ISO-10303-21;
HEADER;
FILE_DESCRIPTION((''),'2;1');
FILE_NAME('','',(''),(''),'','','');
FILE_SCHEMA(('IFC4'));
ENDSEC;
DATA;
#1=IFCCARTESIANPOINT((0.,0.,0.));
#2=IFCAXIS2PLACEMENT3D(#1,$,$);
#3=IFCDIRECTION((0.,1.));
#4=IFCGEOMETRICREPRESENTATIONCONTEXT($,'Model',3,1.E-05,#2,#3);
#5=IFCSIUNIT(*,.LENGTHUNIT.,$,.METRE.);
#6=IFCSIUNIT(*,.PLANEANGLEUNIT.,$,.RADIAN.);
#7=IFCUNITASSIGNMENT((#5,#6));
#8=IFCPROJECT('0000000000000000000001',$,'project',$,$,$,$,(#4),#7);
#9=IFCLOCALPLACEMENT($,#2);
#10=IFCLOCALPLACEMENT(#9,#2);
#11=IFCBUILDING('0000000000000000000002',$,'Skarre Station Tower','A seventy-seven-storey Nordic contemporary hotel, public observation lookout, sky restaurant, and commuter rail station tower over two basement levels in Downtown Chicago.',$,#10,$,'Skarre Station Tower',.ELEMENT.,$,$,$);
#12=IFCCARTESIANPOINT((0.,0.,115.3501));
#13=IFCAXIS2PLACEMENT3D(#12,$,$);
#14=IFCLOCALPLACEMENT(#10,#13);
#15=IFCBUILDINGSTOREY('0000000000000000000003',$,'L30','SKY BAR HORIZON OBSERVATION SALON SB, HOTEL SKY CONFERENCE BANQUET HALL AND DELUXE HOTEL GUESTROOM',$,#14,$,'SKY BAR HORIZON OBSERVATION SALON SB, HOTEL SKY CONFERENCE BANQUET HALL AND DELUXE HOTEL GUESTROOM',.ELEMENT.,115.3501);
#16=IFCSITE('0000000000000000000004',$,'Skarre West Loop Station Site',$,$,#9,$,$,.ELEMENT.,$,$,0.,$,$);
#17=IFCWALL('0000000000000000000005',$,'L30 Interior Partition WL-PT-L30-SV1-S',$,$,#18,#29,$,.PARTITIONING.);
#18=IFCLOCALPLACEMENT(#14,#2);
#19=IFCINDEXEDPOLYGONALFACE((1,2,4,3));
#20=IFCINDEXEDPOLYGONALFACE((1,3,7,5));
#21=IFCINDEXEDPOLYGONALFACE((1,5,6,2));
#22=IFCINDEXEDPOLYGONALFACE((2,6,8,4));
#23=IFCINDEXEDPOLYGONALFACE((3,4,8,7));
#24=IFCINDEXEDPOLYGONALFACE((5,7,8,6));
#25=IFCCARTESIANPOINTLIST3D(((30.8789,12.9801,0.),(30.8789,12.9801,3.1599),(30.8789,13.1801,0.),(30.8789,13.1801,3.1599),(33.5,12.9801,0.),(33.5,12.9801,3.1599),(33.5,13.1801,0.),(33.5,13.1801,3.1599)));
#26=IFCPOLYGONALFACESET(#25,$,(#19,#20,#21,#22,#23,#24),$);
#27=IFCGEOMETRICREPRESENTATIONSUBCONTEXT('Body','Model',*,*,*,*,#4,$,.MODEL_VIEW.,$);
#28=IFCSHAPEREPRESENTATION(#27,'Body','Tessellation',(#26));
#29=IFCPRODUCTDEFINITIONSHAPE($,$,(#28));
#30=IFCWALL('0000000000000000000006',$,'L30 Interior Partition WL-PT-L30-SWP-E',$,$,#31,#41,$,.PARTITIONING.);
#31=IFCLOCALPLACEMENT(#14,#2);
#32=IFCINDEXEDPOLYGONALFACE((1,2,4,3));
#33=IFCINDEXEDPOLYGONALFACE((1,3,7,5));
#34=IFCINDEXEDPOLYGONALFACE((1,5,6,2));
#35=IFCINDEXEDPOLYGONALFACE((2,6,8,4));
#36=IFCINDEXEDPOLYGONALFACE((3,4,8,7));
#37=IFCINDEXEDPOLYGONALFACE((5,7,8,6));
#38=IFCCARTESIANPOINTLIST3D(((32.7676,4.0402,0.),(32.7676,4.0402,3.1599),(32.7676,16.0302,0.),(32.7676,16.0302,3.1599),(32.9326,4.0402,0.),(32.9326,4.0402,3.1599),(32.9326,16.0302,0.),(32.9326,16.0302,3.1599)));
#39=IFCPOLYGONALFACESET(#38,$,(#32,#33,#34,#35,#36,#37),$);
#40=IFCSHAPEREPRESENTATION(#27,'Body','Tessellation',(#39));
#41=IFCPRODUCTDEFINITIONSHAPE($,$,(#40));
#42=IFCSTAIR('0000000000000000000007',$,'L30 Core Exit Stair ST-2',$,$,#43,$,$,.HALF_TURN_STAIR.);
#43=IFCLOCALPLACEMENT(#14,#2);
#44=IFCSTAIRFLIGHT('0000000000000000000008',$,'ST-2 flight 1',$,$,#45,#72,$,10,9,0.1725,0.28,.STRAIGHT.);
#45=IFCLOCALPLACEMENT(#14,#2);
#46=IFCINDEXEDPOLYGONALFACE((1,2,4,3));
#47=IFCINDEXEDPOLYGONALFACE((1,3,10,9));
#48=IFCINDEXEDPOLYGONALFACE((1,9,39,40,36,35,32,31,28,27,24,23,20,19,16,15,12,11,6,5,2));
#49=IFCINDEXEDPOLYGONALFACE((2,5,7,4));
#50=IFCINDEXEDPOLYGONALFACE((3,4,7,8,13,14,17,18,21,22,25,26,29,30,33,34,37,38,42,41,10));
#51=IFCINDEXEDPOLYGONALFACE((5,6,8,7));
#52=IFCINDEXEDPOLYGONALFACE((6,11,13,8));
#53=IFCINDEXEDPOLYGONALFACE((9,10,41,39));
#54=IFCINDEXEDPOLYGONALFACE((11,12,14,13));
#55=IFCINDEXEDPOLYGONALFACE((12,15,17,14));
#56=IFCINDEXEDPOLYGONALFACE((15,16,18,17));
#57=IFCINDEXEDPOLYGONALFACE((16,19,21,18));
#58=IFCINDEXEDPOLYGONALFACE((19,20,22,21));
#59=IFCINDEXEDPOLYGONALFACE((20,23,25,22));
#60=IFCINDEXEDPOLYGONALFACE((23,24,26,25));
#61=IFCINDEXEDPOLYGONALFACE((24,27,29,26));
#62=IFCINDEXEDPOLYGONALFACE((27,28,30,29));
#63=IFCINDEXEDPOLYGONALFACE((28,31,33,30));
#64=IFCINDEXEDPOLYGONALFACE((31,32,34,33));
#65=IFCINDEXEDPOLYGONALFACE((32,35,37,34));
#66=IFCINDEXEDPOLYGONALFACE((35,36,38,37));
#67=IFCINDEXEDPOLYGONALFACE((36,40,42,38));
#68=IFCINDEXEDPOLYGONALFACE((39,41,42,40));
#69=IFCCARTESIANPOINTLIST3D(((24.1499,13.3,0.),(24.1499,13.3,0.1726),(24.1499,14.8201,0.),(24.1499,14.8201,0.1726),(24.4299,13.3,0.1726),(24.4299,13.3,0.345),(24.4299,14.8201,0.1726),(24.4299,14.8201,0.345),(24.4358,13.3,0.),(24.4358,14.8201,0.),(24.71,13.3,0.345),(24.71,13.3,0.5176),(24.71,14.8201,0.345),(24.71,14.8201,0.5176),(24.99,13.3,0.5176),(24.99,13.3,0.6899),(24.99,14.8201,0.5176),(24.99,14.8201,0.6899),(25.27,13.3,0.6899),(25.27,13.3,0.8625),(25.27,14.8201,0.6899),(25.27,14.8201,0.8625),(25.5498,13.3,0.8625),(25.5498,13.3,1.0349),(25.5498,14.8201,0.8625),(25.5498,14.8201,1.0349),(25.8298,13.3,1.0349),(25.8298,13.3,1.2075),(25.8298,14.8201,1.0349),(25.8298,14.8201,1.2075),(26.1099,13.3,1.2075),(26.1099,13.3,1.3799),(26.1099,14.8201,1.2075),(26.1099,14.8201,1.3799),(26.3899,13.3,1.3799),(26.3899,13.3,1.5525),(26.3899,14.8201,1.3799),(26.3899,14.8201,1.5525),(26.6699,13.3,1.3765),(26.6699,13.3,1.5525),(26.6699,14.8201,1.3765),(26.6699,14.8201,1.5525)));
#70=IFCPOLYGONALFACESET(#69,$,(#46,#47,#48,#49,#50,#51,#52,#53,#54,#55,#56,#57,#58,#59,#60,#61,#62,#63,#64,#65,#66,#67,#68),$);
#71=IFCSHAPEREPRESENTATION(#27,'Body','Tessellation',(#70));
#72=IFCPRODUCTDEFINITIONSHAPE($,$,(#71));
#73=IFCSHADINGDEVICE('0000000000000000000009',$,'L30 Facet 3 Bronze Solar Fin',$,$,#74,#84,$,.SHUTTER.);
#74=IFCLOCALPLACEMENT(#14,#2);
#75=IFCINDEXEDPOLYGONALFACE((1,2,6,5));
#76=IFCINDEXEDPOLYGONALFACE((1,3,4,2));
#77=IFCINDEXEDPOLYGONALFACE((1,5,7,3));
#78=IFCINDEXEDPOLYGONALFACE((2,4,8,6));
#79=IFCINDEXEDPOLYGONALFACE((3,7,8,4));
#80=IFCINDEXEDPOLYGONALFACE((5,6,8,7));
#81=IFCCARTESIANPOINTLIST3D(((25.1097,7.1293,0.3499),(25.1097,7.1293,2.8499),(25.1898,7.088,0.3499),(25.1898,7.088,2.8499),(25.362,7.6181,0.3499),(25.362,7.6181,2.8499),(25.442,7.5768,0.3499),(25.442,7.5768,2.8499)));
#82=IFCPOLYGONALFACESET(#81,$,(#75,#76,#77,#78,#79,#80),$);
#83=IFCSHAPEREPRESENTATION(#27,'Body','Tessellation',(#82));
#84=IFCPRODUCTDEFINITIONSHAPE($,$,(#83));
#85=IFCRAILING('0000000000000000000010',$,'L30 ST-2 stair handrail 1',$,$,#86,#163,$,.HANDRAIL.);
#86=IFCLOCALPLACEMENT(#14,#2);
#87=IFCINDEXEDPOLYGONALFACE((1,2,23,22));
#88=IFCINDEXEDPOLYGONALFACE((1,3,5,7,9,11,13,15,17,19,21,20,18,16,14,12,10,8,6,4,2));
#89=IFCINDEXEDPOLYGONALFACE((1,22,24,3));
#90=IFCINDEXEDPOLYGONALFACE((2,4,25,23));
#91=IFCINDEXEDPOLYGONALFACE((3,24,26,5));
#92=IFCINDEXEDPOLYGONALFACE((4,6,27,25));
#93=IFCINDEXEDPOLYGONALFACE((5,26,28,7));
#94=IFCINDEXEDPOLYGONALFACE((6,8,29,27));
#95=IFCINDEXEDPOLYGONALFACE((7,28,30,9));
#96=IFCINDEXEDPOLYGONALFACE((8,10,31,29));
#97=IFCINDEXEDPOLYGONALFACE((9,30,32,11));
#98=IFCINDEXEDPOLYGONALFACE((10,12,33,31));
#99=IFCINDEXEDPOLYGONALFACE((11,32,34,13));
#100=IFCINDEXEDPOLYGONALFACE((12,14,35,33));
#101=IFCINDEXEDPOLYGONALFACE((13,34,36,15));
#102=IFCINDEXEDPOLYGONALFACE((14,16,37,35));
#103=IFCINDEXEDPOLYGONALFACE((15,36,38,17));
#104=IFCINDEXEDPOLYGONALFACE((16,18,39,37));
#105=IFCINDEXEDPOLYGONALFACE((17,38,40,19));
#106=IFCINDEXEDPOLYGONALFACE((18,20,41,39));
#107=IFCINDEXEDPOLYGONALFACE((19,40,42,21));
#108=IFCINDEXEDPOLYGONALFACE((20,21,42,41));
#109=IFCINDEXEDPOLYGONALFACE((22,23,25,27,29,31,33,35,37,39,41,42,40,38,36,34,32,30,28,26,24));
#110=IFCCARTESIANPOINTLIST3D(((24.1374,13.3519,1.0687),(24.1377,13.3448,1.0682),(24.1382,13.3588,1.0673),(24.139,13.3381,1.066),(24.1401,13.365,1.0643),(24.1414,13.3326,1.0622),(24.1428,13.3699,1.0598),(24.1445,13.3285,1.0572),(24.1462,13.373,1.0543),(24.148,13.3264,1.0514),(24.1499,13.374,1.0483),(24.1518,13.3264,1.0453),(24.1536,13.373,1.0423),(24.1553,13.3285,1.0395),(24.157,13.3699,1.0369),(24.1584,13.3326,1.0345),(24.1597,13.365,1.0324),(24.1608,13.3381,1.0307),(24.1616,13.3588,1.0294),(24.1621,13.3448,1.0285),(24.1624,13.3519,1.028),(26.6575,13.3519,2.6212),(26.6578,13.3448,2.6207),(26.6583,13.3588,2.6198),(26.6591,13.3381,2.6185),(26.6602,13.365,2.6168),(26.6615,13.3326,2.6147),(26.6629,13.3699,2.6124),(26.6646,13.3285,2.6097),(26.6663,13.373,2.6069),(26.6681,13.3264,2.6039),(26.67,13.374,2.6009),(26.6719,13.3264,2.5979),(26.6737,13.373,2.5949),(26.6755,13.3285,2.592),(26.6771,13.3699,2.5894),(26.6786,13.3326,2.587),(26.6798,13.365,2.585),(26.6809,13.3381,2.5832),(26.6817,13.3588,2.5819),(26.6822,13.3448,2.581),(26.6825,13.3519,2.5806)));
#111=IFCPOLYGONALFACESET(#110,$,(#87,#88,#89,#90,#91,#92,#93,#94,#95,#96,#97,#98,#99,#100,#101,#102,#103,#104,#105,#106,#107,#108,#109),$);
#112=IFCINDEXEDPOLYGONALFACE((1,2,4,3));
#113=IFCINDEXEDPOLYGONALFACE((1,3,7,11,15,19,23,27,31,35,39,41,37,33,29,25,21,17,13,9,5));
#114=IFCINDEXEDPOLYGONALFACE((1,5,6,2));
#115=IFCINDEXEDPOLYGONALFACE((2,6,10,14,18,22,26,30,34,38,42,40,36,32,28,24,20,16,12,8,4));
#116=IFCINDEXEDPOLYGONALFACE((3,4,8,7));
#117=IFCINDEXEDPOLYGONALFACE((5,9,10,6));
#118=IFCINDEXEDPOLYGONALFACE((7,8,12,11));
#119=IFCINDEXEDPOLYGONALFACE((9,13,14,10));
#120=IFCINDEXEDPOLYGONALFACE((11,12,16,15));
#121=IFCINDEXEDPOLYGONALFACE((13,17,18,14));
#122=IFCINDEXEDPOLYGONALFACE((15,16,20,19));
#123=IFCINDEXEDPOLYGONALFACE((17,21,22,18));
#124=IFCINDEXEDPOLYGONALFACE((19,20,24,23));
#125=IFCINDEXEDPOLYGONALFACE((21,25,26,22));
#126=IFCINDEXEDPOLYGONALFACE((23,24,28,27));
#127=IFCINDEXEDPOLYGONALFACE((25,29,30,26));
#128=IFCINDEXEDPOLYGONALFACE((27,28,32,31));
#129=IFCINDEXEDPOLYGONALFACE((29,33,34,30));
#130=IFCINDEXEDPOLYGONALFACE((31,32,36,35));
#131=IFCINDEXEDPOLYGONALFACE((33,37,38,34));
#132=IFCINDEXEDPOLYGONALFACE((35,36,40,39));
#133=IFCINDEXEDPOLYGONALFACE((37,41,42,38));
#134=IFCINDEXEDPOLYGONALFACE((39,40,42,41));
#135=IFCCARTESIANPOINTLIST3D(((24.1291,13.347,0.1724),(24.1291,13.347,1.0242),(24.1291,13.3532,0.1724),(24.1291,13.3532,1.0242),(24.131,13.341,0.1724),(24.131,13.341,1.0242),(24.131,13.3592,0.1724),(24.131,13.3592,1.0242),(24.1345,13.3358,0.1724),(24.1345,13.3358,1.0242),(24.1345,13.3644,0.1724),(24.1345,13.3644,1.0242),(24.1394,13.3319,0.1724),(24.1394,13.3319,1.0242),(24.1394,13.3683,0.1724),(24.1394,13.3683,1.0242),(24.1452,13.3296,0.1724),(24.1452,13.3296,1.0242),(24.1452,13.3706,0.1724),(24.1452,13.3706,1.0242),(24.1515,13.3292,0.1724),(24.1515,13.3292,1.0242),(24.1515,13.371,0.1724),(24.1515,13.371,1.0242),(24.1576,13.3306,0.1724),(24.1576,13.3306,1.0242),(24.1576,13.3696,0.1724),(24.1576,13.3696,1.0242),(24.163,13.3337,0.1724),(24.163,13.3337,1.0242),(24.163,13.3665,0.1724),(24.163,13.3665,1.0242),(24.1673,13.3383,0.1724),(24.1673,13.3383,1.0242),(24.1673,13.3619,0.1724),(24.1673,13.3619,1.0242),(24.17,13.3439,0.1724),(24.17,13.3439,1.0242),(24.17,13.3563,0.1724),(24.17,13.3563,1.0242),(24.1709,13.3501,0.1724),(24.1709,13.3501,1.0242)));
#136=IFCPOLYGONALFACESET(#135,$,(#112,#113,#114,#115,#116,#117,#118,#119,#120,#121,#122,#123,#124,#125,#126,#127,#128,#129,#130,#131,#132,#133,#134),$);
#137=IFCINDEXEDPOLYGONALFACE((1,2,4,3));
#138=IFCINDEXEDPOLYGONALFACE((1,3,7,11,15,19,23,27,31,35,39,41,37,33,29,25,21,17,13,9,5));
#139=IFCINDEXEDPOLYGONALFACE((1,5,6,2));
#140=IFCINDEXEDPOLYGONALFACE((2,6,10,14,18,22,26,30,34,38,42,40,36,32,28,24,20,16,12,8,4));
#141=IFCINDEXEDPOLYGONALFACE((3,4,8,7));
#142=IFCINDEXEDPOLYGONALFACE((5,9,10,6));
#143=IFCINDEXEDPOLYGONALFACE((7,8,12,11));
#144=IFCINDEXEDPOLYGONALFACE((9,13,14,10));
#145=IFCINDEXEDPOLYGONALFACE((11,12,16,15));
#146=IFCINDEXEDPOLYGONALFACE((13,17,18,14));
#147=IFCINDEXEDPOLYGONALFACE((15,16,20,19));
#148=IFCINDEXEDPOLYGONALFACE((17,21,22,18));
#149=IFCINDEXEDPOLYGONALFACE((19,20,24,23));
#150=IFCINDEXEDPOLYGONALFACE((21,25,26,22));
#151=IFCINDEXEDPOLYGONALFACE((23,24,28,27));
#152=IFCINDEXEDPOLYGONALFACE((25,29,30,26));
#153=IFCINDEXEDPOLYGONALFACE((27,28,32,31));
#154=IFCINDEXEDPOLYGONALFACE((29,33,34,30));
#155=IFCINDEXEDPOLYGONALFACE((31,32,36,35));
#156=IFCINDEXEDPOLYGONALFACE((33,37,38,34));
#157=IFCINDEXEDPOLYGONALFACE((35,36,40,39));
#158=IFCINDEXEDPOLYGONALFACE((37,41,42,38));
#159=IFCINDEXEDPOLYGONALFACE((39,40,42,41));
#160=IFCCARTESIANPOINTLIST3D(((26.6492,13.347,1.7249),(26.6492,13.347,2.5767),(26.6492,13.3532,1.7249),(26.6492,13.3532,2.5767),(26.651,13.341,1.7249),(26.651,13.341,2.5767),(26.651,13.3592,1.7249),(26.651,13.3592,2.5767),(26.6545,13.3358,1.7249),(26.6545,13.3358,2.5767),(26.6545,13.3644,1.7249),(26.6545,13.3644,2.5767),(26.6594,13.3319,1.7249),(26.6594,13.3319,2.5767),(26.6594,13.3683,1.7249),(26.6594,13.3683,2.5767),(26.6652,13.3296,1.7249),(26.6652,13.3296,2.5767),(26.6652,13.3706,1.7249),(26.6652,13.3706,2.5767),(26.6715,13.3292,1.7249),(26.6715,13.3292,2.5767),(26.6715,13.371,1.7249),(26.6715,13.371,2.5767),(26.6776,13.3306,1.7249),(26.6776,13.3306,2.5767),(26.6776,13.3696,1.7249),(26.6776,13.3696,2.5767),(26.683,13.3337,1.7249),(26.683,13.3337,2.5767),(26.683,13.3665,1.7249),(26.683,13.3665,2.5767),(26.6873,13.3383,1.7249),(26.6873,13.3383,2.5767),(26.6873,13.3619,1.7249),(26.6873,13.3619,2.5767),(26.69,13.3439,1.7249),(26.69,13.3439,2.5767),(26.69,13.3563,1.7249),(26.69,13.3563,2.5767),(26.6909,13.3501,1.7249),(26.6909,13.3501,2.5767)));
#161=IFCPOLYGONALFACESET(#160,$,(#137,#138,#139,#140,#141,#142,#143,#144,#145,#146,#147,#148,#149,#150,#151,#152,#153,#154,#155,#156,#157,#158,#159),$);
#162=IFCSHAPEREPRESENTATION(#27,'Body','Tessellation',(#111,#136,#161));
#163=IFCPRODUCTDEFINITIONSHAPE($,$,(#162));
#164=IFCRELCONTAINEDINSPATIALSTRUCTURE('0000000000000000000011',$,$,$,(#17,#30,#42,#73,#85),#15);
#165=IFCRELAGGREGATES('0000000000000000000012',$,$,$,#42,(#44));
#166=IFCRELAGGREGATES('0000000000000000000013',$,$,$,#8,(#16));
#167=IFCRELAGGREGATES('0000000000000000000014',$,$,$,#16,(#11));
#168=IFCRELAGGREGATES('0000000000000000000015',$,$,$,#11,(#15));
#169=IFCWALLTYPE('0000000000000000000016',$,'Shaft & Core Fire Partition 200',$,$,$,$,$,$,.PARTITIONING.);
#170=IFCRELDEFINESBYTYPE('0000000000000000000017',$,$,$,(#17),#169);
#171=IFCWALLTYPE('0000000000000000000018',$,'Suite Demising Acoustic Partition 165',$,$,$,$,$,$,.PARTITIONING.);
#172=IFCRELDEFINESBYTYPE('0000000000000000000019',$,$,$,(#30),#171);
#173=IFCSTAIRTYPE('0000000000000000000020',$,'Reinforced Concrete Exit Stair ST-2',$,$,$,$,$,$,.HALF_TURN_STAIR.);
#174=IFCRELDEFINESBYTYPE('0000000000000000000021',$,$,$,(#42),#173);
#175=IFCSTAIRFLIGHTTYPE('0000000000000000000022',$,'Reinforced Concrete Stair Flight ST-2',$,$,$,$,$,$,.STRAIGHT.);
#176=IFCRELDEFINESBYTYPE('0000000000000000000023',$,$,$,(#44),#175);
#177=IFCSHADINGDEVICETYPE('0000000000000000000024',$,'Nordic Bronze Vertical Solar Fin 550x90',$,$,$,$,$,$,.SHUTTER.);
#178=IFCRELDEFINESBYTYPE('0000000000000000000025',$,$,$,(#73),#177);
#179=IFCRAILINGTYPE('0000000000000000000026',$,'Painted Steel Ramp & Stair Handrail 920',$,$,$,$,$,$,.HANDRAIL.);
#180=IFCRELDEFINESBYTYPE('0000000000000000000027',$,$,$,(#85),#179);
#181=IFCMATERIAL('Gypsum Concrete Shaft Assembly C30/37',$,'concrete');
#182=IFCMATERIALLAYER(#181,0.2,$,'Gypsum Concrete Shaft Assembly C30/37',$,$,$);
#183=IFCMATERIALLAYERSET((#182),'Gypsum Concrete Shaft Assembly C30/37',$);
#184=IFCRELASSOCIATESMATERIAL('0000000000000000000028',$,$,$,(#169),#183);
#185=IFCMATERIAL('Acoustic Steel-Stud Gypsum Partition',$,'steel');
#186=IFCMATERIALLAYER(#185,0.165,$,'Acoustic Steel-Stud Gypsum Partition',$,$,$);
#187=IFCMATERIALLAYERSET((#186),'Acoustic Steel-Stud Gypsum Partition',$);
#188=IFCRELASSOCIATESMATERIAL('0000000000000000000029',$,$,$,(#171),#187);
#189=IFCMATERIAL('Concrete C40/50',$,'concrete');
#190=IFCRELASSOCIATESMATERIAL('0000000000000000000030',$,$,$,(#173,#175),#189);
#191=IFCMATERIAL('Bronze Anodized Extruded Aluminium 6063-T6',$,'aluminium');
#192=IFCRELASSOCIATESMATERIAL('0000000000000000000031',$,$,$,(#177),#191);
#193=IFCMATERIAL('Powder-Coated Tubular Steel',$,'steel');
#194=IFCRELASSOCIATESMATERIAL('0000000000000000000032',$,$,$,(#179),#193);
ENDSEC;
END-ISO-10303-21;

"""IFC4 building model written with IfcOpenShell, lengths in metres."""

from ifc_helpers import new_model, si_unit, direction, frame, frame_2d, origin, origin_2d, place, context, subcontext, project, spatial, polyline, rectangle, circle, outline, extrude, material, layer, layer_set, type_object, element, aggregate, save


model = new_model("IFC4")

# Units and contexts
model_context = context("Model", 3, precision=1e-05, world=origin(), true_north=direction((0.0, 1.0)))
body_context = subcontext(model_context, "Body", "Model", "MODEL_VIEW")
ifc_project = project(units=[si_unit("LENGTHUNIT", "METRE"), si_unit("PLANEANGLEUNIT", "RADIAN")], contexts=[model_context])

# Site, building, storey
site_placement = place(None, origin())
site = spatial("IfcSite", under=ifc_project, at=site_placement, Name="Skarre West Loop Station Site", CompositionType="ELEMENT", RefElevation=0.0)
building_placement = place(site_placement, origin())
building = spatial("IfcBuilding", under=site, at=building_placement, Name="Skarre Station Tower", Description="A seventy-seven-storey Nordic contemporary hotel, public observation lookout, sky restaurant, and commuter rail station tower over two basement levels in Downtown Chicago.", LongName="Skarre Station Tower", CompositionType="ELEMENT")
storey_placement = place(building_placement, frame((0.0, 0.0, 115.3501)))
storey = spatial("IfcBuildingStorey", under=building, at=storey_placement, Name="L30", Description="SKY BAR HORIZON OBSERVATION SALON SB, HOTEL SKY CONFERENCE BANQUET HALL AND DELUXE HOTEL GUESTROOM", LongName="SKY BAR HORIZON OBSERVATION SALON SB, HOTEL SKY CONFERENCE BANQUET HALL AND DELUXE HOTEL GUESTROOM", CompositionType="ELEMENT", Elevation=115.3501)

# Shared definitions
ifc_material_1 = material(Name="Acoustic Steel-Stud Gypsum Partition", Category="steel")

# Walls
ifc_material_2 = material(Name="Gypsum Concrete Shaft Assembly C30/37", Category="concrete")
ifc_layer_1 = layer(ifc_material_2, 0.2, Name="Gypsum Concrete Shaft Assembly C30/37")
ifc_layer_set_1 = layer_set([ifc_layer_1], Name="Gypsum Concrete Shaft Assembly C30/37")
wall_type_1 = type_object("IfcWallType", Name="Shaft & Core Fire Partition 200", PredefinedType="PARTITIONING", material=ifc_layer_set_1)
wall_1_placement = place(storey_placement, frame((30.8789, 13.0801, 0.0), z_axis=(0.0, 0.0, 1.0), x_axis=(1.0, 0.0, 0.0)))
element("IfcWall", 1, at=wall_1_placement, inside=storey, type_object=wall_type_1, Name="L30 Interior Partition WL-PT-L30-SV1-S", PredefinedType="PARTITIONING", context=body_context, shape_type="SweptSolid", body=[
    extrude(rectangle(XDim=2.6211, YDim=0.2, at=frame_2d((1.3105, 0.0))), origin(), (0.0, 0.0, 1.0), 3.1599),
])
ifc_layer_2 = layer(ifc_material_1, 0.165, Name="Acoustic Steel-Stud Gypsum Partition")
ifc_layer_set_2 = layer_set([ifc_layer_2], Name="Acoustic Steel-Stud Gypsum Partition")
wall_type_2 = type_object("IfcWallType", Name="Suite Demising Acoustic Partition 165", PredefinedType="PARTITIONING", material=ifc_layer_set_2)
wall_2_placement = place(storey_placement, frame((32.8501, 4.04, 0.0), z_axis=(0.0, 0.0, 1.0), x_axis=(0.0, 1.0, 0.0)))
element("IfcWall", 2, at=wall_2_placement, inside=storey, type_object=wall_type_2, Name="L30 Interior Partition WL-PT-L30-SWP-E", PredefinedType="PARTITIONING", context=body_context, shape_type="SweptSolid", body=[
    extrude(rectangle(XDim=11.99, YDim=0.165, at=frame_2d((5.9951, 0.0))), origin(), (0.0, 0.0, 1.0), 3.1599),
])

# Stair, stair flight
ifc_material_3 = material(Name="Concrete C40/50", Category="concrete")
stair_type = type_object("IfcStairType", Name="Reinforced Concrete Exit Stair ST-2", PredefinedType="HALF_TURN_STAIR", material=ifc_material_3)
stair_placement = place(storey_placement, origin())
stair = element("IfcStair", 3, at=stair_placement, inside=storey, type_object=stair_type, Name="L30 Core Exit Stair ST-2", PredefinedType="HALF_TURN_STAIR")
stair_flight_type = type_object("IfcStairFlightType", Name="Reinforced Concrete Stair Flight ST-2", PredefinedType="STRAIGHT", material=ifc_material_3)
stair_flight_placement = place(storey_placement, frame((24.1499, 14.0601, 0.0), z_axis=(0.0, 0.0, 1.0), x_axis=(1.0, 0.0, 0.0)))
stair_flight = element("IfcStairFlight", 4, at=stair_flight_placement, type_object=stair_flight_type, Name="ST-2 flight 1", NumberOfRisers=10, NumberOfTreads=9, PredefinedType="STRAIGHT", RiserHeight=0.1725, TreadLength=0.28, context=body_context, shape_type="SweptSolid", body=[
    extrude(outline(polyline([(0.0, 0.0), (0.0, 0.1726), (0.28, 0.1726), (0.28, 0.345), (0.5601, 0.345), (0.5601, 0.5176), (0.8401, 0.5176), (0.8401, 0.6899), (1.1201, 0.6899), (1.1201, 0.8625), (1.3999, 0.8625), (1.3999, 1.0349), (1.6799, 1.0349), (1.6799, 1.2075), (1.96, 1.2075), (1.96, 1.3799), (2.24, 1.3799), (2.24, 1.5525), (2.52, 1.5525), (2.52, 1.7251), (2.52, 1.3765), (0.2859, 0.0), (0.0, 0.0)])), frame((0.0, 0.76, 0.0), z_axis=(0.0, -1.0, 0.0), x_axis=(1.0, 0.0, 0.0)), (0.0, 0.0, 1.0), 1.52),
])
aggregate(stair, [stair_flight])

# Shading device
ifc_material_4 = material(Name="Bronze Anodized Extruded Aluminium 6063-T6", Category="aluminium")
shading_device_type = type_object("IfcShadingDeviceType", Name="Nordic Bronze Vertical Solar Fin 550x90", PredefinedType="SHUTTER", material=ifc_material_4)
shading_device_placement = place(storey_placement, frame((25.2759, 7.353, 0.3499), z_axis=(0.0, 0.0, 1.0), x_axis=(-0.45865, -0.888617, 0.0)))
element("IfcShadingDevice", 5, at=shading_device_placement, inside=storey, type_object=shading_device_type, Name="L30 Facet 3 Bronze Solar Fin", PredefinedType="SHUTTER", context=body_context, shape_type="SweptSolid", body=[
    extrude(rectangle(XDim=0.55, YDim=0.0901, at=origin_2d()), origin(), (0.0, 0.0, 1.0), 2.5),
])

# Railing
ifc_material_5 = material(Name="Powder-Coated Tubular Steel", Category="steel")
railing_type = type_object("IfcRailingType", Name="Painted Steel Ramp & Stair Handrail 920", PredefinedType="HANDRAIL", material=ifc_material_5)
railing_placement = place(storey_placement, frame((24.1499, 13.3501, 0.1724)))
element("IfcRailing", 6, at=railing_placement, inside=storey, type_object=railing_type, Name="L30 ST-2 stair handrail 1", PredefinedType="HANDRAIL", context=body_context, shape_type="SweptSolid", body=[
    extrude(circle(Radius=0.0239, at=origin_2d()), frame((0.0, 0.0, 0.876), z_axis=(0.8514, 0.0, 0.524516), x_axis=(0.0, 1.0, 0.0)), (0.0, 0.0, 1.0), 2.96),
    extrude(circle(Radius=0.021, at=origin_2d()), origin(), (0.0, 0.0, 1.0), 0.8518),
    extrude(circle(Radius=0.021, at=origin_2d()), frame((2.52, 0.0, 1.5525)), (0.0, 0.0, 1.0), 0.8518),
])

save(model, "model.ifc")
